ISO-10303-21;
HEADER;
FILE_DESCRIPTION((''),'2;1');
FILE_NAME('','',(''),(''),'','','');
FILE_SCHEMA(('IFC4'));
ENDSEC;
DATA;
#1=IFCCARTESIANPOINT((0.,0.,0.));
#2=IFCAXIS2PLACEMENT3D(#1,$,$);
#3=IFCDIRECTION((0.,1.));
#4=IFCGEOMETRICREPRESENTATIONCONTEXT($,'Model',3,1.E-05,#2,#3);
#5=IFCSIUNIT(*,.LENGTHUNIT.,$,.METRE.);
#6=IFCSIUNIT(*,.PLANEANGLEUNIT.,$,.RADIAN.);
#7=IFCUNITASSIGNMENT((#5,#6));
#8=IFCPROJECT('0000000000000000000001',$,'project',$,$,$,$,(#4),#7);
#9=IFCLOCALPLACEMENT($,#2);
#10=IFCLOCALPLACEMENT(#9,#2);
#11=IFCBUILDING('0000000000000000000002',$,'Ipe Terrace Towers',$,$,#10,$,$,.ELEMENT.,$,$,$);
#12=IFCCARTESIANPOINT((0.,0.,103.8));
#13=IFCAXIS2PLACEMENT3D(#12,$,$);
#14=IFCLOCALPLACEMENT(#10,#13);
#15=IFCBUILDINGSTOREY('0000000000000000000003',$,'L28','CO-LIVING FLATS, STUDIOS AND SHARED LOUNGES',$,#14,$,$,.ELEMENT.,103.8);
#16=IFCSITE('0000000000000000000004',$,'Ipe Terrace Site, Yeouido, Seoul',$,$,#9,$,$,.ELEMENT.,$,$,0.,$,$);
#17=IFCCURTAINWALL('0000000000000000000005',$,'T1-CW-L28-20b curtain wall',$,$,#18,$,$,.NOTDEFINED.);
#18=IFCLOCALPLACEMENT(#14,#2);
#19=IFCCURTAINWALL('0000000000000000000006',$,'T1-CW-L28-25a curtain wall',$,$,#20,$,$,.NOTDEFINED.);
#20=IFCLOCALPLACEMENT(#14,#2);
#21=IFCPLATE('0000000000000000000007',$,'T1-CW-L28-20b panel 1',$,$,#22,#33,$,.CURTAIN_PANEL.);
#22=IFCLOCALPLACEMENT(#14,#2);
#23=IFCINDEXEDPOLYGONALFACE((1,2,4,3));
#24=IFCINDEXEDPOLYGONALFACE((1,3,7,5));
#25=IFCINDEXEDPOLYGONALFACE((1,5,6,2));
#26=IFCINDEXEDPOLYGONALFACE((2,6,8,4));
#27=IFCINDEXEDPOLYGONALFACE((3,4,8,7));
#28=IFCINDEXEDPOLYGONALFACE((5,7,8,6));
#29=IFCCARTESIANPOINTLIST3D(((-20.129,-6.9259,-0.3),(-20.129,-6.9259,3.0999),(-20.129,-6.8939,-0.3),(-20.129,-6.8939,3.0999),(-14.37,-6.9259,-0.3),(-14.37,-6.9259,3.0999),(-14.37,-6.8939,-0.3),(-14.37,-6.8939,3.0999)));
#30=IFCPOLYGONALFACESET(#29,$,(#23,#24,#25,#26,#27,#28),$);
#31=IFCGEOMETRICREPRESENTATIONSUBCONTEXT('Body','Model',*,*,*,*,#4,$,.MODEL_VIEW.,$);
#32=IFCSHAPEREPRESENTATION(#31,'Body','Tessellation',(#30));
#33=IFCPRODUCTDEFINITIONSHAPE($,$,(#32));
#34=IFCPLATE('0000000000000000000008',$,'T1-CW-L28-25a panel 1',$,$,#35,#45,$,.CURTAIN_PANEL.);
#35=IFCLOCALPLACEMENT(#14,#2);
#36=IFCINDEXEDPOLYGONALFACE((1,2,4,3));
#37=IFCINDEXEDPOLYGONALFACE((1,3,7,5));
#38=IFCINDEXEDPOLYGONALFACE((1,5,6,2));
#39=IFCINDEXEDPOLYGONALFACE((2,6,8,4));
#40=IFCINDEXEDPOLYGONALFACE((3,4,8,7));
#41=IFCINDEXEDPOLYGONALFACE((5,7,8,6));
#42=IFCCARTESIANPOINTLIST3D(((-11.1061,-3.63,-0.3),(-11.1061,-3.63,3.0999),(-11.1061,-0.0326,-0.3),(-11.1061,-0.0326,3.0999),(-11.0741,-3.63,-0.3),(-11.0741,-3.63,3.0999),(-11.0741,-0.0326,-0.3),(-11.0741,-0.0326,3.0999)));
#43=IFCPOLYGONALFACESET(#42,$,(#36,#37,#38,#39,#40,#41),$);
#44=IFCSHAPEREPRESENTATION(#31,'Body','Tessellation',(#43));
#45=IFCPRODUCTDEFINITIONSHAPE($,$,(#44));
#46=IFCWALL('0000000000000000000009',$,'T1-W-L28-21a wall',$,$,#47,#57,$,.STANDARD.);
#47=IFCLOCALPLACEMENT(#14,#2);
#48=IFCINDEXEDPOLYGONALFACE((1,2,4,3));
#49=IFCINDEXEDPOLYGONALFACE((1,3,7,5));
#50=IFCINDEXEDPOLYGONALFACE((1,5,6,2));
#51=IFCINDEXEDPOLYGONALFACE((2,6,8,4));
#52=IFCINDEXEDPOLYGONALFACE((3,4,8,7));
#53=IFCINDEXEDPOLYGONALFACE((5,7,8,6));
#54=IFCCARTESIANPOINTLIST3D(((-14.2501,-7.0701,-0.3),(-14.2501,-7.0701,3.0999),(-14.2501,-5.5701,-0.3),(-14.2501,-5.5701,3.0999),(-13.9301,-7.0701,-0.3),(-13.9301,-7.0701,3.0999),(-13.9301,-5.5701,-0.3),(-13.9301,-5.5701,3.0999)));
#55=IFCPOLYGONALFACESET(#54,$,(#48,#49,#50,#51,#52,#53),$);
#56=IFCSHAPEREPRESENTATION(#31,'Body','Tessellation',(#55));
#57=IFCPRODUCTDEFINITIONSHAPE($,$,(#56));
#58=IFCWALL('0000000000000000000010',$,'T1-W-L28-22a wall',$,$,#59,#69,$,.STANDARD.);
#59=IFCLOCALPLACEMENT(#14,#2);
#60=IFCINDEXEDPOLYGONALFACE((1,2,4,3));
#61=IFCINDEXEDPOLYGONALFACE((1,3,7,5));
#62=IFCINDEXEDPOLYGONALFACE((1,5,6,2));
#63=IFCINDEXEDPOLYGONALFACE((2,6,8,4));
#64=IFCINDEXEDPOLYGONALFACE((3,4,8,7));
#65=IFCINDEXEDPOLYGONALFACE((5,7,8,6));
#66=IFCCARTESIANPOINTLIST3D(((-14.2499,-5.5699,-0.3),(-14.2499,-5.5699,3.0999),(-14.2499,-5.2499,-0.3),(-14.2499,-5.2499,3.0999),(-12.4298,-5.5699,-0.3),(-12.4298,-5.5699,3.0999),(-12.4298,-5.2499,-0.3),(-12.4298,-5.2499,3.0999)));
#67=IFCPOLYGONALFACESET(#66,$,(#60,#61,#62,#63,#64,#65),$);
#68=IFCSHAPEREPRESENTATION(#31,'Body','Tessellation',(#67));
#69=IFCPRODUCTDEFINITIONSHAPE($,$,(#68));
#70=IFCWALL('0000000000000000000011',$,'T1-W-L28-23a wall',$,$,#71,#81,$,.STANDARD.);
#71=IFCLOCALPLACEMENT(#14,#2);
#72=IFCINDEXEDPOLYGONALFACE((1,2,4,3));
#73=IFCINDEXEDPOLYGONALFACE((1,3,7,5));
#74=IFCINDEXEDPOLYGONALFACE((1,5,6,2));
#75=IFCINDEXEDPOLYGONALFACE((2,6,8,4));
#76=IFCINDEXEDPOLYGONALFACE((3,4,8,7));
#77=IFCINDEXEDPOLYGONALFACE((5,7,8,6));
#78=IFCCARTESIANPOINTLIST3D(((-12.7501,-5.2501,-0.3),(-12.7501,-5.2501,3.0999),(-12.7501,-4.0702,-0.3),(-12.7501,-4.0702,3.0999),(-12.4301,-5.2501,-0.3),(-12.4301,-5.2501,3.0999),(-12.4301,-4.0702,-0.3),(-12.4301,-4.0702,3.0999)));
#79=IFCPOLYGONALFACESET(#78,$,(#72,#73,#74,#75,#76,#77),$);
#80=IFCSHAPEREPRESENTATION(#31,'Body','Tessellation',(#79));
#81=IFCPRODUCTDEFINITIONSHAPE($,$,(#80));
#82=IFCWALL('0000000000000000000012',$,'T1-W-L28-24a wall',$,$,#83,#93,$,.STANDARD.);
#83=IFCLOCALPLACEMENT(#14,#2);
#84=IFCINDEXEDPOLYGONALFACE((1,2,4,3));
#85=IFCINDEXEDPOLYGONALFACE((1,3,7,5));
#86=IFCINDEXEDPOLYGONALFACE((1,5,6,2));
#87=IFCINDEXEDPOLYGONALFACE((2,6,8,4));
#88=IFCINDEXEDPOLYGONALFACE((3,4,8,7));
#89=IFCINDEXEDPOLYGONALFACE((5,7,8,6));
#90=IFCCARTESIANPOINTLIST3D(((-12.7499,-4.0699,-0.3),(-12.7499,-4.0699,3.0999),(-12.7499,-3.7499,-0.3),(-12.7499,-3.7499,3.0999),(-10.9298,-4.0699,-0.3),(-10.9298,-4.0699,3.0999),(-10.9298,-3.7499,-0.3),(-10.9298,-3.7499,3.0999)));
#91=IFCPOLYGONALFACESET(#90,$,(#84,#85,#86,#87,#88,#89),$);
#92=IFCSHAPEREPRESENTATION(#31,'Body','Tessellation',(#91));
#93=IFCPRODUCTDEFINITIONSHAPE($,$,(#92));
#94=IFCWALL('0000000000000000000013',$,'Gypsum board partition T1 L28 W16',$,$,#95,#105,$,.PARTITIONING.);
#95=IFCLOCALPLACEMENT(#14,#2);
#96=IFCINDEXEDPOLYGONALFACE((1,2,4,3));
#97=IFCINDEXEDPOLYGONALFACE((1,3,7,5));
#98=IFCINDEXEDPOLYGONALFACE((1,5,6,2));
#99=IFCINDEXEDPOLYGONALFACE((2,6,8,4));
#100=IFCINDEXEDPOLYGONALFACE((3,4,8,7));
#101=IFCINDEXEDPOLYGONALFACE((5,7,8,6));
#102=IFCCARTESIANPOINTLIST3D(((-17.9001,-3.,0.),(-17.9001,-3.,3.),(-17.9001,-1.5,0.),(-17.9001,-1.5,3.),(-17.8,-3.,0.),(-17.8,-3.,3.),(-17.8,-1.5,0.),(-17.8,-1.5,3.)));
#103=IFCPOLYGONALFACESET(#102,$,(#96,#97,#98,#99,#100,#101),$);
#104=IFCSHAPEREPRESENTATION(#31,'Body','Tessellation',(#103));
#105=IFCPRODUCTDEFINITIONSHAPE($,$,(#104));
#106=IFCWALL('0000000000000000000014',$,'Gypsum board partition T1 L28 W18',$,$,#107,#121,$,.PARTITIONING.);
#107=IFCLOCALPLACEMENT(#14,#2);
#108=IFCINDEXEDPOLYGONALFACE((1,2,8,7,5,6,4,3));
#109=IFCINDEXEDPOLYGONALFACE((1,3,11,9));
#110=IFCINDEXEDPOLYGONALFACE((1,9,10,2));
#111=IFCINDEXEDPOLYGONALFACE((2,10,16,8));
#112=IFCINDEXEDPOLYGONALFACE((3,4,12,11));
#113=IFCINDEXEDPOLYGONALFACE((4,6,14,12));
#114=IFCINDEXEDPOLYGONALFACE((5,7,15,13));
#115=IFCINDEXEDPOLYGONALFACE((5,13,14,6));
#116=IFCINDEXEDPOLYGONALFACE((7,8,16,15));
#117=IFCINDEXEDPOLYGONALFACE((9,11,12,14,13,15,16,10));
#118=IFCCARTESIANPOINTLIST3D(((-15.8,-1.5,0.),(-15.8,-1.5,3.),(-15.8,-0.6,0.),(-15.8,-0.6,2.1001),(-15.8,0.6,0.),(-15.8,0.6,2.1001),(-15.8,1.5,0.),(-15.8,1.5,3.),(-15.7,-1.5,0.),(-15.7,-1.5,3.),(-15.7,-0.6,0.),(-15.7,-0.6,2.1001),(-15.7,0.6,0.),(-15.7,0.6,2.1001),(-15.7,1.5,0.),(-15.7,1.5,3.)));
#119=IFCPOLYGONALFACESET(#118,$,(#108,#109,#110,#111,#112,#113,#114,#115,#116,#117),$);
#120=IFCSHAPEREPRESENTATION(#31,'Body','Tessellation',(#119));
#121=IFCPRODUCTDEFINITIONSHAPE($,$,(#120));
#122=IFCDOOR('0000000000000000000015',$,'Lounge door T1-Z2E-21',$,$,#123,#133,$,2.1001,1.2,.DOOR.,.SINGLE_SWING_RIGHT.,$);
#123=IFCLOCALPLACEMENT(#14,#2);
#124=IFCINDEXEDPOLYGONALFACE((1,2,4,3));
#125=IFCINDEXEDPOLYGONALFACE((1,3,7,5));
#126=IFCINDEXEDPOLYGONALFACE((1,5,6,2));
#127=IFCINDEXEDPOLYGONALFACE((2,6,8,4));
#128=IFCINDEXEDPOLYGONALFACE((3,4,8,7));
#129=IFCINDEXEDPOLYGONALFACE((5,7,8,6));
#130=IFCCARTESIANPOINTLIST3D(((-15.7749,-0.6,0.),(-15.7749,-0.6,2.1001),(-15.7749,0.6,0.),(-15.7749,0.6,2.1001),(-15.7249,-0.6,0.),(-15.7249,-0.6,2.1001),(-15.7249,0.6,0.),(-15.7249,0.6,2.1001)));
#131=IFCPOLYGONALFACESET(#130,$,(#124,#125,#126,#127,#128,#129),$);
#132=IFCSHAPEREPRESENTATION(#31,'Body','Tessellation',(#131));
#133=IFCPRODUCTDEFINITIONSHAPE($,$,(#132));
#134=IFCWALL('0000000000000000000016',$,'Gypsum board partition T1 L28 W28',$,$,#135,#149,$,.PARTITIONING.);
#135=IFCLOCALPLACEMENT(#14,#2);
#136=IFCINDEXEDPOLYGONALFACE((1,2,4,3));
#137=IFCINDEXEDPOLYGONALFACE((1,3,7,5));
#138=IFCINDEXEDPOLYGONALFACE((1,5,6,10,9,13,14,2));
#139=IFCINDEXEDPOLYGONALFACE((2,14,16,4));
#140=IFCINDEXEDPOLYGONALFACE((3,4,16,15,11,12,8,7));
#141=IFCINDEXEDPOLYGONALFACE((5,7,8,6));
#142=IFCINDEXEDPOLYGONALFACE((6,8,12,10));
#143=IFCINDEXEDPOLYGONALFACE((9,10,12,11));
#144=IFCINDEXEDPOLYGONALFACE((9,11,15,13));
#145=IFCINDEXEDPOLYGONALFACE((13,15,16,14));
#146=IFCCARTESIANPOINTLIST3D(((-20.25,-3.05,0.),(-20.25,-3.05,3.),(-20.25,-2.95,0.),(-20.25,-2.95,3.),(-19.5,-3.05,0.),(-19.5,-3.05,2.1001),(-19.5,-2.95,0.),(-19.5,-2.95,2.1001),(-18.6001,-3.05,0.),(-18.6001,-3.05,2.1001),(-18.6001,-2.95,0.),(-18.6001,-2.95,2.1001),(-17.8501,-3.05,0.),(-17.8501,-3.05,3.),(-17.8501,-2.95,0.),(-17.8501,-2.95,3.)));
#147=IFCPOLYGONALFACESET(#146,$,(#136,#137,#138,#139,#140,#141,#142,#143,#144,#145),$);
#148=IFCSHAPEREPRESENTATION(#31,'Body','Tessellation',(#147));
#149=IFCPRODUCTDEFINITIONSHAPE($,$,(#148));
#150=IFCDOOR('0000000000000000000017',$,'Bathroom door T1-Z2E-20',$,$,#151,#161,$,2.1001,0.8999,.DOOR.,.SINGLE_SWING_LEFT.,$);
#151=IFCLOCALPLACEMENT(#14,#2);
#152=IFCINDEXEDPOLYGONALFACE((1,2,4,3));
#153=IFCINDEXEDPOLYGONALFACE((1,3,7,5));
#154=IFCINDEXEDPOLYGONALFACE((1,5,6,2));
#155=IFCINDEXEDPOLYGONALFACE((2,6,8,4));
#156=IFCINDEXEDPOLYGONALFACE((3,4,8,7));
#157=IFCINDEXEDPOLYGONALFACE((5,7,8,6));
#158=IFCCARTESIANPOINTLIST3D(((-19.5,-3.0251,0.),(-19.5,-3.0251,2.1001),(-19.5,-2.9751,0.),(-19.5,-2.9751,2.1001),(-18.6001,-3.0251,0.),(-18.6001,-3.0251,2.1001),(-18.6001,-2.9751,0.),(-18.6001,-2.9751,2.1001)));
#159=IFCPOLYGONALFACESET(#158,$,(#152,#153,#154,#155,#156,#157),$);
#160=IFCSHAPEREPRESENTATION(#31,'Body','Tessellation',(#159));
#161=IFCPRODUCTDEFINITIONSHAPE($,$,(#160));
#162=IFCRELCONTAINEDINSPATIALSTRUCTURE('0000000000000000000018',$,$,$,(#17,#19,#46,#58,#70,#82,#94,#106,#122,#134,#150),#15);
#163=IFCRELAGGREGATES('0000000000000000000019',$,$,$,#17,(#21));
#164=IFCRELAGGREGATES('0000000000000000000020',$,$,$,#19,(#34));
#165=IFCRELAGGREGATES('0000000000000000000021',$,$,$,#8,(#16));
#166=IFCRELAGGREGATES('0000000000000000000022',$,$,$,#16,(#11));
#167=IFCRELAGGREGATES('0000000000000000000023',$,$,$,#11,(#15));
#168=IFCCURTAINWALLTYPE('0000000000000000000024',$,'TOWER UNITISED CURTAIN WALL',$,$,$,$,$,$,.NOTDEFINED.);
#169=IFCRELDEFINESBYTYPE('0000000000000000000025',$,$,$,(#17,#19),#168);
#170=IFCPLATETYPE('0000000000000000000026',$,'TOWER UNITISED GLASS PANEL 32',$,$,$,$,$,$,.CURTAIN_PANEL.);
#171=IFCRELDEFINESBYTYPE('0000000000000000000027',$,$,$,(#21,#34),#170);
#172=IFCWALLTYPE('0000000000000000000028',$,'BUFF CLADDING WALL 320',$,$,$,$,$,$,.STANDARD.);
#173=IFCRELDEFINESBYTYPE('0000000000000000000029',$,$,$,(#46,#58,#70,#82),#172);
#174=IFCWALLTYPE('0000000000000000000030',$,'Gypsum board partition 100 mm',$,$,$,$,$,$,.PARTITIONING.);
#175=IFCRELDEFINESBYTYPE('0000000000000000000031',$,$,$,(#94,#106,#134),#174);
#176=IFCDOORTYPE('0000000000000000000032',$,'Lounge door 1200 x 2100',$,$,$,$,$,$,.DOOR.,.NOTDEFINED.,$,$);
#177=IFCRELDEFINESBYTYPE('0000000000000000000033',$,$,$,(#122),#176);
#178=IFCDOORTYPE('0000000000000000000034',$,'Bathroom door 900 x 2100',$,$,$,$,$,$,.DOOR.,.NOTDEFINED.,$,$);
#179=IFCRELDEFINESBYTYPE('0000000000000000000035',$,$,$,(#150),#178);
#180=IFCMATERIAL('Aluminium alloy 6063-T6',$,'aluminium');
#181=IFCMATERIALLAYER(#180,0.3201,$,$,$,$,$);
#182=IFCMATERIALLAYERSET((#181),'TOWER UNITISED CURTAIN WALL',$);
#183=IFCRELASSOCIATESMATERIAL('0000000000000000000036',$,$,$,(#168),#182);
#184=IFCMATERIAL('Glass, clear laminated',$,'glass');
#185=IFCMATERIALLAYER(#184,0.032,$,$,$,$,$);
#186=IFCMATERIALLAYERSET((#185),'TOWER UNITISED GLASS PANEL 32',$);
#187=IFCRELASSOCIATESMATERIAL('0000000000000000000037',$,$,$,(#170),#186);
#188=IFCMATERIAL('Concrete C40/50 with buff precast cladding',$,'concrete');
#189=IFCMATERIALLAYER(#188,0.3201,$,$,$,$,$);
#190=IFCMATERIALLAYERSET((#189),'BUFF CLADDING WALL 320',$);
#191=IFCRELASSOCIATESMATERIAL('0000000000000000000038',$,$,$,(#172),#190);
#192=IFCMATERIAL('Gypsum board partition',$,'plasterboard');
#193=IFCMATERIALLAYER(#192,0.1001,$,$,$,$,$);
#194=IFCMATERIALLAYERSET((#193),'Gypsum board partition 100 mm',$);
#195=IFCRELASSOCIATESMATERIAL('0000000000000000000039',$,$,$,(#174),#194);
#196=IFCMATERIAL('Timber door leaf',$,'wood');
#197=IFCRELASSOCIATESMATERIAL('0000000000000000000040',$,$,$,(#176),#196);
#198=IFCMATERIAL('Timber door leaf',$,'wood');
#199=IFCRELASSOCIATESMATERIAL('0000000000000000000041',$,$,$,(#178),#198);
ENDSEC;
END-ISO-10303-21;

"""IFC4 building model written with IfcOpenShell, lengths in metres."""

from ifc_helpers import new_model, si_unit, direction, frame, frame_2d, origin, origin_2d, place, context, subcontext, project, spatial, rectangle, extrude, material, layer, layer_set, type_object, element, fill, aggregate, save


model = new_model("IFC4")

# Units and contexts
model_context = context("Model", 3, precision=1e-05, world=origin(), true_north=direction((0.0, 1.0)))
body_context = subcontext(model_context, "Body", "Model", "MODEL_VIEW")
ifc_project = project(units=[si_unit("LENGTHUNIT", "METRE"), si_unit("PLANEANGLEUNIT", "RADIAN")], contexts=[model_context])

# Site, building, storey
site_placement = place(None, origin())
site = spatial("IfcSite", under=ifc_project, at=site_placement, Name="Ipe Terrace Site, Yeouido, Seoul", CompositionType="ELEMENT", RefElevation=0.0)
building_placement = place(site_placement, origin())
building = spatial("IfcBuilding", under=site, at=building_placement, Name="Ipe Terrace Towers", CompositionType="ELEMENT")
storey_placement = place(building_placement, frame((0.0, 0.0, 103.8)))
storey = spatial("IfcBuildingStorey", under=building, at=storey_placement, Name="L28", Description="CO-LIVING FLATS, STUDIOS AND SHARED LOUNGES", CompositionType="ELEMENT", Elevation=103.8)

# Curtain walls
ifc_material_1 = material(Name="Aluminium alloy 6063-T6", Category="aluminium")
ifc_layer_1 = layer(ifc_material_1, 0.3201)
ifc_layer_set_1 = layer_set([ifc_layer_1], Name="TOWER UNITISED CURTAIN WALL")
curtain_wall_type = type_object("IfcCurtainWallType", Name="TOWER UNITISED CURTAIN WALL", PredefinedType="NOTDEFINED", material=ifc_layer_set_1)
curtain_wall_1_placement = place(storey_placement, origin())
curtain_wall_1 = element("IfcCurtainWall", 1, at=curtain_wall_1_placement, inside=storey, type_object=curtain_wall_type, Name="T1-CW-L28-20b curtain wall", PredefinedType="NOTDEFINED")
curtain_wall_2_placement = place(storey_placement, origin())
curtain_wall_2 = element("IfcCurtainWall", 2, at=curtain_wall_2_placement, inside=storey, type_object=curtain_wall_type, Name="T1-CW-L28-25a curtain wall", PredefinedType="NOTDEFINED")

# Plates
ifc_material_2 = material(Name="Glass, clear laminated", Category="glass")
ifc_layer_2 = layer(ifc_material_2, 0.032)
ifc_layer_set_2 = layer_set([ifc_layer_2], Name="TOWER UNITISED GLASS PANEL 32")
plate_type = type_object("IfcPlateType", Name="TOWER UNITISED GLASS PANEL 32", PredefinedType="CURTAIN_PANEL", material=ifc_layer_set_2)
plate_1_placement = place(storey_placement, frame((-17.2495, -6.9099, -0.3), z_axis=(0.0, 0.0, 1.0), x_axis=(1.0, 0.0, 0.0)))
plate_1 = element("IfcPlate", 3, at=plate_1_placement, type_object=plate_type, Name="T1-CW-L28-20b panel 1", PredefinedType="CURTAIN_PANEL", context=body_context, shape_type="SweptSolid", body=[
    extrude(rectangle(XDim=5.759, YDim=0.032, at=origin_2d()), origin(), (0.0, 0.0, 1.0), 3.3999),
])
aggregate(curtain_wall_1, [plate_1])
plate_2_placement = place(storey_placement, frame((-11.0901, -1.8313, -0.3), z_axis=(0.0, 0.0, 1.0), x_axis=(0.0, 1.0, 0.0)))
plate_2 = element("IfcPlate", 4, at=plate_2_placement, type_object=plate_type, Name="T1-CW-L28-25a panel 1", PredefinedType="CURTAIN_PANEL", context=body_context, shape_type="SweptSolid", body=[
    extrude(rectangle(XDim=3.5974, YDim=0.032, at=origin_2d()), origin(), (0.0, 0.0, 1.0), 3.3999),
])
aggregate(curtain_wall_2, [plate_2])

# Walls
ifc_material_3 = material(Name="Concrete C40/50 with buff precast cladding", Category="concrete")
ifc_layer_3 = layer(ifc_material_3, 0.3201)
ifc_layer_set_3 = layer_set([ifc_layer_3], Name="BUFF CLADDING WALL 320")
wall_type_1 = type_object("IfcWallType", Name="BUFF CLADDING WALL 320", PredefinedType="STANDARD", material=ifc_layer_set_3)
wall_1_placement = place(storey_placement, frame((-14.0901, -7.0701, -0.3), z_axis=(0.0, 0.0, 1.0), x_axis=(0.0, 1.0, 0.0)))
element("IfcWall", 5, at=wall_1_placement, inside=storey, type_object=wall_type_1, Name="T1-W-L28-21a wall", PredefinedType="STANDARD", context=body_context, shape_type="SweptSolid", body=[
    extrude(rectangle(XDim=1.5, YDim=0.3201, at=frame_2d((0.75, 0.0))), origin(), (0.0, 0.0, 1.0), 3.3999),
])
wall_2_placement = place(storey_placement, frame((-14.25, -5.4099, -0.3), z_axis=(0.0, 0.0, 1.0), x_axis=(1.0, 0.0, 0.0)))
element("IfcWall", 6, at=wall_2_placement, inside=storey, type_object=wall_type_1, Name="T1-W-L28-22a wall", PredefinedType="STANDARD", context=body_context, shape_type="SweptSolid", body=[
    extrude(rectangle(XDim=1.8201, YDim=0.3201, at=frame_2d((0.9102, 0.0))), origin(), (0.0, 0.0, 1.0), 3.3999),
])
wall_3_placement = place(storey_placement, frame((-12.5901, -5.25, -0.3), z_axis=(0.0, 0.0, 1.0), x_axis=(0.0, 1.0, 0.0)))
element("IfcWall", 7, at=wall_3_placement, inside=storey, type_object=wall_type_1, Name="T1-W-L28-23a wall", PredefinedType="STANDARD", context=body_context, shape_type="SweptSolid", body=[
    extrude(rectangle(XDim=1.1799, YDim=0.3201, at=frame_2d((0.5898, 0.0))), origin(), (0.0, 0.0, 1.0), 3.3999),
])
wall_4_placement = place(storey_placement, frame((-12.75, -3.9099, -0.3), z_axis=(0.0, 0.0, 1.0), x_axis=(1.0, 0.0, 0.0)))
element("IfcWall", 8, at=wall_4_placement, inside=storey, type_object=wall_type_1, Name="T1-W-L28-24a wall", PredefinedType="STANDARD", context=body_context, shape_type="SweptSolid", body=[
    extrude(rectangle(XDim=1.8201, YDim=0.3201, at=frame_2d((0.9102, 0.0))), origin(), (0.0, 0.0, 1.0), 3.3999),
])
ifc_material_4 = material(Name="Gypsum board partition", Category="plasterboard")
ifc_layer_4 = layer(ifc_material_4, 0.1001)
ifc_layer_set_4 = layer_set([ifc_layer_4], Name="Gypsum board partition 100 mm")
wall_type_2 = type_object("IfcWallType", Name="Gypsum board partition 100 mm", PredefinedType="PARTITIONING", material=ifc_layer_set_4)
wall_5_placement = place(storey_placement, frame((-17.8501, -3.0, 0.0), z_axis=(0.0, 0.0, 1.0), x_axis=(0.0, 1.0, 0.0)))
element("IfcWall", 9, at=wall_5_placement, inside=storey, type_object=wall_type_2, Name="Gypsum board partition T1 L28 W16", PredefinedType="PARTITIONING", context=body_context, shape_type="SweptSolid", body=[
    extrude(rectangle(XDim=1.5, YDim=0.1001, at=frame_2d((0.75, 0.0))), origin(), (0.0, 0.0, 1.0), 3.0),
])

# Walls, openings, doors
wall_6_placement = place(storey_placement, frame((-15.75, -1.5, 0.0), z_axis=(0.0, 0.0, 1.0), x_axis=(0.0, 1.0, 0.0)))
wall_6 = element("IfcWall", 10, at=wall_6_placement, inside=storey, type_object=wall_type_2, Name="Gypsum board partition T1 L28 W18", PredefinedType="PARTITIONING", context=body_context, shape_type="SweptSolid", body=[
    extrude(rectangle(XDim=3.0, YDim=0.1001, at=frame_2d((1.5, 0.0))), origin(), (0.0, 0.0, 1.0), 3.0),
])
opening_1_placement = place(wall_6_placement, frame((0.8999, 0.0, 0.0)))
opening_1 = element("IfcOpeningElement", 11, at=opening_1_placement, cuts=wall_6, PredefinedType="OPENING", context=body_context, shape_type="SweptSolid", body=[
    extrude(rectangle(XDim=1.2, YDim=2.1001, at=frame_2d((0.6001, 1.05))), frame((0.0, 0.0601, 0.0), z_axis=(0.0, -1.0, 0.0), x_axis=(1.0, 0.0, 0.0)), (0.0, 0.0, 1.0), 0.1201),
])
ifc_material_5 = material(Name="Timber door leaf", Category="wood")
door_type_1 = type_object("IfcDoorType", Name="Lounge door 1200 x 2100", OperationType="NOTDEFINED", PredefinedType="DOOR", material=ifc_material_5)
door_1_placement = place(opening_1_placement, origin())
door_1 = element("IfcDoor", 12, at=door_1_placement, inside=storey, type_object=door_type_1, Name="Lounge door T1-Z2E-21", OperationType="SINGLE_SWING_RIGHT", OverallHeight=2.1001, OverallWidth=1.2, PredefinedType="DOOR", context=body_context, shape_type="SweptSolid", body=[
    extrude(rectangle(XDim=1.2, YDim=2.1001, at=frame_2d((0.6001, 1.05))), frame((0.0, 0.0249, 0.0), z_axis=(0.0, -1.0, 0.0), x_axis=(1.0, 0.0, 0.0)), (0.0, 0.0, 1.0), 0.05),
])
fill(opening_1, door_1)
wall_7_placement = place(storey_placement, frame((-20.25, -3.0, 0.0), z_axis=(0.0, 0.0, 1.0), x_axis=(1.0, 0.0, 0.0)))
wall_7 = element("IfcWall", 13, at=wall_7_placement, inside=storey, type_object=wall_type_2, Name="Gypsum board partition T1 L28 W28", PredefinedType="PARTITIONING", context=body_context, shape_type="SweptSolid", body=[
    extrude(rectangle(XDim=2.3999, YDim=0.1001, at=frame_2d((1.2, 0.0))), origin(), (0.0, 0.0, 1.0), 3.0),
])
opening_2_placement = place(wall_7_placement, frame((0.75, 0.0, 0.0)))
opening_2 = element("IfcOpeningElement", 14, at=opening_2_placement, cuts=wall_7, PredefinedType="OPENING", context=body_context, shape_type="SweptSolid", body=[
    extrude(rectangle(XDim=0.8999, YDim=2.1001, at=frame_2d((0.45, 1.05))), frame((0.0, 0.0601, 0.0), z_axis=(0.0, -1.0, 0.0), x_axis=(1.0, 0.0, 0.0)), (0.0, 0.0, 1.0), 0.1201),
])
ifc_material_6 = material(Name="Timber door leaf", Category="wood")
door_type_2 = type_object("IfcDoorType", Name="Bathroom door 900 x 2100", OperationType="NOTDEFINED", PredefinedType="DOOR", material=ifc_material_6)
door_2_placement = place(opening_2_placement, origin())
door_2 = element("IfcDoor", 15, at=door_2_placement, inside=storey, type_object=door_type_2, Name="Bathroom door T1-Z2E-20", OperationType="SINGLE_SWING_LEFT", OverallHeight=2.1001, OverallWidth=0.8999, PredefinedType="DOOR", context=body_context, shape_type="SweptSolid", body=[
    extrude(rectangle(XDim=0.8999, YDim=2.1001, at=frame_2d((0.45, 1.05))), frame((0.0, 0.0249, 0.0), z_axis=(0.0, -1.0, 0.0), x_axis=(1.0, 0.0, 0.0)), (0.0, 0.0, 1.0), 0.05),
])
fill(opening_2, door_2)

save(model, "model.ifc")
